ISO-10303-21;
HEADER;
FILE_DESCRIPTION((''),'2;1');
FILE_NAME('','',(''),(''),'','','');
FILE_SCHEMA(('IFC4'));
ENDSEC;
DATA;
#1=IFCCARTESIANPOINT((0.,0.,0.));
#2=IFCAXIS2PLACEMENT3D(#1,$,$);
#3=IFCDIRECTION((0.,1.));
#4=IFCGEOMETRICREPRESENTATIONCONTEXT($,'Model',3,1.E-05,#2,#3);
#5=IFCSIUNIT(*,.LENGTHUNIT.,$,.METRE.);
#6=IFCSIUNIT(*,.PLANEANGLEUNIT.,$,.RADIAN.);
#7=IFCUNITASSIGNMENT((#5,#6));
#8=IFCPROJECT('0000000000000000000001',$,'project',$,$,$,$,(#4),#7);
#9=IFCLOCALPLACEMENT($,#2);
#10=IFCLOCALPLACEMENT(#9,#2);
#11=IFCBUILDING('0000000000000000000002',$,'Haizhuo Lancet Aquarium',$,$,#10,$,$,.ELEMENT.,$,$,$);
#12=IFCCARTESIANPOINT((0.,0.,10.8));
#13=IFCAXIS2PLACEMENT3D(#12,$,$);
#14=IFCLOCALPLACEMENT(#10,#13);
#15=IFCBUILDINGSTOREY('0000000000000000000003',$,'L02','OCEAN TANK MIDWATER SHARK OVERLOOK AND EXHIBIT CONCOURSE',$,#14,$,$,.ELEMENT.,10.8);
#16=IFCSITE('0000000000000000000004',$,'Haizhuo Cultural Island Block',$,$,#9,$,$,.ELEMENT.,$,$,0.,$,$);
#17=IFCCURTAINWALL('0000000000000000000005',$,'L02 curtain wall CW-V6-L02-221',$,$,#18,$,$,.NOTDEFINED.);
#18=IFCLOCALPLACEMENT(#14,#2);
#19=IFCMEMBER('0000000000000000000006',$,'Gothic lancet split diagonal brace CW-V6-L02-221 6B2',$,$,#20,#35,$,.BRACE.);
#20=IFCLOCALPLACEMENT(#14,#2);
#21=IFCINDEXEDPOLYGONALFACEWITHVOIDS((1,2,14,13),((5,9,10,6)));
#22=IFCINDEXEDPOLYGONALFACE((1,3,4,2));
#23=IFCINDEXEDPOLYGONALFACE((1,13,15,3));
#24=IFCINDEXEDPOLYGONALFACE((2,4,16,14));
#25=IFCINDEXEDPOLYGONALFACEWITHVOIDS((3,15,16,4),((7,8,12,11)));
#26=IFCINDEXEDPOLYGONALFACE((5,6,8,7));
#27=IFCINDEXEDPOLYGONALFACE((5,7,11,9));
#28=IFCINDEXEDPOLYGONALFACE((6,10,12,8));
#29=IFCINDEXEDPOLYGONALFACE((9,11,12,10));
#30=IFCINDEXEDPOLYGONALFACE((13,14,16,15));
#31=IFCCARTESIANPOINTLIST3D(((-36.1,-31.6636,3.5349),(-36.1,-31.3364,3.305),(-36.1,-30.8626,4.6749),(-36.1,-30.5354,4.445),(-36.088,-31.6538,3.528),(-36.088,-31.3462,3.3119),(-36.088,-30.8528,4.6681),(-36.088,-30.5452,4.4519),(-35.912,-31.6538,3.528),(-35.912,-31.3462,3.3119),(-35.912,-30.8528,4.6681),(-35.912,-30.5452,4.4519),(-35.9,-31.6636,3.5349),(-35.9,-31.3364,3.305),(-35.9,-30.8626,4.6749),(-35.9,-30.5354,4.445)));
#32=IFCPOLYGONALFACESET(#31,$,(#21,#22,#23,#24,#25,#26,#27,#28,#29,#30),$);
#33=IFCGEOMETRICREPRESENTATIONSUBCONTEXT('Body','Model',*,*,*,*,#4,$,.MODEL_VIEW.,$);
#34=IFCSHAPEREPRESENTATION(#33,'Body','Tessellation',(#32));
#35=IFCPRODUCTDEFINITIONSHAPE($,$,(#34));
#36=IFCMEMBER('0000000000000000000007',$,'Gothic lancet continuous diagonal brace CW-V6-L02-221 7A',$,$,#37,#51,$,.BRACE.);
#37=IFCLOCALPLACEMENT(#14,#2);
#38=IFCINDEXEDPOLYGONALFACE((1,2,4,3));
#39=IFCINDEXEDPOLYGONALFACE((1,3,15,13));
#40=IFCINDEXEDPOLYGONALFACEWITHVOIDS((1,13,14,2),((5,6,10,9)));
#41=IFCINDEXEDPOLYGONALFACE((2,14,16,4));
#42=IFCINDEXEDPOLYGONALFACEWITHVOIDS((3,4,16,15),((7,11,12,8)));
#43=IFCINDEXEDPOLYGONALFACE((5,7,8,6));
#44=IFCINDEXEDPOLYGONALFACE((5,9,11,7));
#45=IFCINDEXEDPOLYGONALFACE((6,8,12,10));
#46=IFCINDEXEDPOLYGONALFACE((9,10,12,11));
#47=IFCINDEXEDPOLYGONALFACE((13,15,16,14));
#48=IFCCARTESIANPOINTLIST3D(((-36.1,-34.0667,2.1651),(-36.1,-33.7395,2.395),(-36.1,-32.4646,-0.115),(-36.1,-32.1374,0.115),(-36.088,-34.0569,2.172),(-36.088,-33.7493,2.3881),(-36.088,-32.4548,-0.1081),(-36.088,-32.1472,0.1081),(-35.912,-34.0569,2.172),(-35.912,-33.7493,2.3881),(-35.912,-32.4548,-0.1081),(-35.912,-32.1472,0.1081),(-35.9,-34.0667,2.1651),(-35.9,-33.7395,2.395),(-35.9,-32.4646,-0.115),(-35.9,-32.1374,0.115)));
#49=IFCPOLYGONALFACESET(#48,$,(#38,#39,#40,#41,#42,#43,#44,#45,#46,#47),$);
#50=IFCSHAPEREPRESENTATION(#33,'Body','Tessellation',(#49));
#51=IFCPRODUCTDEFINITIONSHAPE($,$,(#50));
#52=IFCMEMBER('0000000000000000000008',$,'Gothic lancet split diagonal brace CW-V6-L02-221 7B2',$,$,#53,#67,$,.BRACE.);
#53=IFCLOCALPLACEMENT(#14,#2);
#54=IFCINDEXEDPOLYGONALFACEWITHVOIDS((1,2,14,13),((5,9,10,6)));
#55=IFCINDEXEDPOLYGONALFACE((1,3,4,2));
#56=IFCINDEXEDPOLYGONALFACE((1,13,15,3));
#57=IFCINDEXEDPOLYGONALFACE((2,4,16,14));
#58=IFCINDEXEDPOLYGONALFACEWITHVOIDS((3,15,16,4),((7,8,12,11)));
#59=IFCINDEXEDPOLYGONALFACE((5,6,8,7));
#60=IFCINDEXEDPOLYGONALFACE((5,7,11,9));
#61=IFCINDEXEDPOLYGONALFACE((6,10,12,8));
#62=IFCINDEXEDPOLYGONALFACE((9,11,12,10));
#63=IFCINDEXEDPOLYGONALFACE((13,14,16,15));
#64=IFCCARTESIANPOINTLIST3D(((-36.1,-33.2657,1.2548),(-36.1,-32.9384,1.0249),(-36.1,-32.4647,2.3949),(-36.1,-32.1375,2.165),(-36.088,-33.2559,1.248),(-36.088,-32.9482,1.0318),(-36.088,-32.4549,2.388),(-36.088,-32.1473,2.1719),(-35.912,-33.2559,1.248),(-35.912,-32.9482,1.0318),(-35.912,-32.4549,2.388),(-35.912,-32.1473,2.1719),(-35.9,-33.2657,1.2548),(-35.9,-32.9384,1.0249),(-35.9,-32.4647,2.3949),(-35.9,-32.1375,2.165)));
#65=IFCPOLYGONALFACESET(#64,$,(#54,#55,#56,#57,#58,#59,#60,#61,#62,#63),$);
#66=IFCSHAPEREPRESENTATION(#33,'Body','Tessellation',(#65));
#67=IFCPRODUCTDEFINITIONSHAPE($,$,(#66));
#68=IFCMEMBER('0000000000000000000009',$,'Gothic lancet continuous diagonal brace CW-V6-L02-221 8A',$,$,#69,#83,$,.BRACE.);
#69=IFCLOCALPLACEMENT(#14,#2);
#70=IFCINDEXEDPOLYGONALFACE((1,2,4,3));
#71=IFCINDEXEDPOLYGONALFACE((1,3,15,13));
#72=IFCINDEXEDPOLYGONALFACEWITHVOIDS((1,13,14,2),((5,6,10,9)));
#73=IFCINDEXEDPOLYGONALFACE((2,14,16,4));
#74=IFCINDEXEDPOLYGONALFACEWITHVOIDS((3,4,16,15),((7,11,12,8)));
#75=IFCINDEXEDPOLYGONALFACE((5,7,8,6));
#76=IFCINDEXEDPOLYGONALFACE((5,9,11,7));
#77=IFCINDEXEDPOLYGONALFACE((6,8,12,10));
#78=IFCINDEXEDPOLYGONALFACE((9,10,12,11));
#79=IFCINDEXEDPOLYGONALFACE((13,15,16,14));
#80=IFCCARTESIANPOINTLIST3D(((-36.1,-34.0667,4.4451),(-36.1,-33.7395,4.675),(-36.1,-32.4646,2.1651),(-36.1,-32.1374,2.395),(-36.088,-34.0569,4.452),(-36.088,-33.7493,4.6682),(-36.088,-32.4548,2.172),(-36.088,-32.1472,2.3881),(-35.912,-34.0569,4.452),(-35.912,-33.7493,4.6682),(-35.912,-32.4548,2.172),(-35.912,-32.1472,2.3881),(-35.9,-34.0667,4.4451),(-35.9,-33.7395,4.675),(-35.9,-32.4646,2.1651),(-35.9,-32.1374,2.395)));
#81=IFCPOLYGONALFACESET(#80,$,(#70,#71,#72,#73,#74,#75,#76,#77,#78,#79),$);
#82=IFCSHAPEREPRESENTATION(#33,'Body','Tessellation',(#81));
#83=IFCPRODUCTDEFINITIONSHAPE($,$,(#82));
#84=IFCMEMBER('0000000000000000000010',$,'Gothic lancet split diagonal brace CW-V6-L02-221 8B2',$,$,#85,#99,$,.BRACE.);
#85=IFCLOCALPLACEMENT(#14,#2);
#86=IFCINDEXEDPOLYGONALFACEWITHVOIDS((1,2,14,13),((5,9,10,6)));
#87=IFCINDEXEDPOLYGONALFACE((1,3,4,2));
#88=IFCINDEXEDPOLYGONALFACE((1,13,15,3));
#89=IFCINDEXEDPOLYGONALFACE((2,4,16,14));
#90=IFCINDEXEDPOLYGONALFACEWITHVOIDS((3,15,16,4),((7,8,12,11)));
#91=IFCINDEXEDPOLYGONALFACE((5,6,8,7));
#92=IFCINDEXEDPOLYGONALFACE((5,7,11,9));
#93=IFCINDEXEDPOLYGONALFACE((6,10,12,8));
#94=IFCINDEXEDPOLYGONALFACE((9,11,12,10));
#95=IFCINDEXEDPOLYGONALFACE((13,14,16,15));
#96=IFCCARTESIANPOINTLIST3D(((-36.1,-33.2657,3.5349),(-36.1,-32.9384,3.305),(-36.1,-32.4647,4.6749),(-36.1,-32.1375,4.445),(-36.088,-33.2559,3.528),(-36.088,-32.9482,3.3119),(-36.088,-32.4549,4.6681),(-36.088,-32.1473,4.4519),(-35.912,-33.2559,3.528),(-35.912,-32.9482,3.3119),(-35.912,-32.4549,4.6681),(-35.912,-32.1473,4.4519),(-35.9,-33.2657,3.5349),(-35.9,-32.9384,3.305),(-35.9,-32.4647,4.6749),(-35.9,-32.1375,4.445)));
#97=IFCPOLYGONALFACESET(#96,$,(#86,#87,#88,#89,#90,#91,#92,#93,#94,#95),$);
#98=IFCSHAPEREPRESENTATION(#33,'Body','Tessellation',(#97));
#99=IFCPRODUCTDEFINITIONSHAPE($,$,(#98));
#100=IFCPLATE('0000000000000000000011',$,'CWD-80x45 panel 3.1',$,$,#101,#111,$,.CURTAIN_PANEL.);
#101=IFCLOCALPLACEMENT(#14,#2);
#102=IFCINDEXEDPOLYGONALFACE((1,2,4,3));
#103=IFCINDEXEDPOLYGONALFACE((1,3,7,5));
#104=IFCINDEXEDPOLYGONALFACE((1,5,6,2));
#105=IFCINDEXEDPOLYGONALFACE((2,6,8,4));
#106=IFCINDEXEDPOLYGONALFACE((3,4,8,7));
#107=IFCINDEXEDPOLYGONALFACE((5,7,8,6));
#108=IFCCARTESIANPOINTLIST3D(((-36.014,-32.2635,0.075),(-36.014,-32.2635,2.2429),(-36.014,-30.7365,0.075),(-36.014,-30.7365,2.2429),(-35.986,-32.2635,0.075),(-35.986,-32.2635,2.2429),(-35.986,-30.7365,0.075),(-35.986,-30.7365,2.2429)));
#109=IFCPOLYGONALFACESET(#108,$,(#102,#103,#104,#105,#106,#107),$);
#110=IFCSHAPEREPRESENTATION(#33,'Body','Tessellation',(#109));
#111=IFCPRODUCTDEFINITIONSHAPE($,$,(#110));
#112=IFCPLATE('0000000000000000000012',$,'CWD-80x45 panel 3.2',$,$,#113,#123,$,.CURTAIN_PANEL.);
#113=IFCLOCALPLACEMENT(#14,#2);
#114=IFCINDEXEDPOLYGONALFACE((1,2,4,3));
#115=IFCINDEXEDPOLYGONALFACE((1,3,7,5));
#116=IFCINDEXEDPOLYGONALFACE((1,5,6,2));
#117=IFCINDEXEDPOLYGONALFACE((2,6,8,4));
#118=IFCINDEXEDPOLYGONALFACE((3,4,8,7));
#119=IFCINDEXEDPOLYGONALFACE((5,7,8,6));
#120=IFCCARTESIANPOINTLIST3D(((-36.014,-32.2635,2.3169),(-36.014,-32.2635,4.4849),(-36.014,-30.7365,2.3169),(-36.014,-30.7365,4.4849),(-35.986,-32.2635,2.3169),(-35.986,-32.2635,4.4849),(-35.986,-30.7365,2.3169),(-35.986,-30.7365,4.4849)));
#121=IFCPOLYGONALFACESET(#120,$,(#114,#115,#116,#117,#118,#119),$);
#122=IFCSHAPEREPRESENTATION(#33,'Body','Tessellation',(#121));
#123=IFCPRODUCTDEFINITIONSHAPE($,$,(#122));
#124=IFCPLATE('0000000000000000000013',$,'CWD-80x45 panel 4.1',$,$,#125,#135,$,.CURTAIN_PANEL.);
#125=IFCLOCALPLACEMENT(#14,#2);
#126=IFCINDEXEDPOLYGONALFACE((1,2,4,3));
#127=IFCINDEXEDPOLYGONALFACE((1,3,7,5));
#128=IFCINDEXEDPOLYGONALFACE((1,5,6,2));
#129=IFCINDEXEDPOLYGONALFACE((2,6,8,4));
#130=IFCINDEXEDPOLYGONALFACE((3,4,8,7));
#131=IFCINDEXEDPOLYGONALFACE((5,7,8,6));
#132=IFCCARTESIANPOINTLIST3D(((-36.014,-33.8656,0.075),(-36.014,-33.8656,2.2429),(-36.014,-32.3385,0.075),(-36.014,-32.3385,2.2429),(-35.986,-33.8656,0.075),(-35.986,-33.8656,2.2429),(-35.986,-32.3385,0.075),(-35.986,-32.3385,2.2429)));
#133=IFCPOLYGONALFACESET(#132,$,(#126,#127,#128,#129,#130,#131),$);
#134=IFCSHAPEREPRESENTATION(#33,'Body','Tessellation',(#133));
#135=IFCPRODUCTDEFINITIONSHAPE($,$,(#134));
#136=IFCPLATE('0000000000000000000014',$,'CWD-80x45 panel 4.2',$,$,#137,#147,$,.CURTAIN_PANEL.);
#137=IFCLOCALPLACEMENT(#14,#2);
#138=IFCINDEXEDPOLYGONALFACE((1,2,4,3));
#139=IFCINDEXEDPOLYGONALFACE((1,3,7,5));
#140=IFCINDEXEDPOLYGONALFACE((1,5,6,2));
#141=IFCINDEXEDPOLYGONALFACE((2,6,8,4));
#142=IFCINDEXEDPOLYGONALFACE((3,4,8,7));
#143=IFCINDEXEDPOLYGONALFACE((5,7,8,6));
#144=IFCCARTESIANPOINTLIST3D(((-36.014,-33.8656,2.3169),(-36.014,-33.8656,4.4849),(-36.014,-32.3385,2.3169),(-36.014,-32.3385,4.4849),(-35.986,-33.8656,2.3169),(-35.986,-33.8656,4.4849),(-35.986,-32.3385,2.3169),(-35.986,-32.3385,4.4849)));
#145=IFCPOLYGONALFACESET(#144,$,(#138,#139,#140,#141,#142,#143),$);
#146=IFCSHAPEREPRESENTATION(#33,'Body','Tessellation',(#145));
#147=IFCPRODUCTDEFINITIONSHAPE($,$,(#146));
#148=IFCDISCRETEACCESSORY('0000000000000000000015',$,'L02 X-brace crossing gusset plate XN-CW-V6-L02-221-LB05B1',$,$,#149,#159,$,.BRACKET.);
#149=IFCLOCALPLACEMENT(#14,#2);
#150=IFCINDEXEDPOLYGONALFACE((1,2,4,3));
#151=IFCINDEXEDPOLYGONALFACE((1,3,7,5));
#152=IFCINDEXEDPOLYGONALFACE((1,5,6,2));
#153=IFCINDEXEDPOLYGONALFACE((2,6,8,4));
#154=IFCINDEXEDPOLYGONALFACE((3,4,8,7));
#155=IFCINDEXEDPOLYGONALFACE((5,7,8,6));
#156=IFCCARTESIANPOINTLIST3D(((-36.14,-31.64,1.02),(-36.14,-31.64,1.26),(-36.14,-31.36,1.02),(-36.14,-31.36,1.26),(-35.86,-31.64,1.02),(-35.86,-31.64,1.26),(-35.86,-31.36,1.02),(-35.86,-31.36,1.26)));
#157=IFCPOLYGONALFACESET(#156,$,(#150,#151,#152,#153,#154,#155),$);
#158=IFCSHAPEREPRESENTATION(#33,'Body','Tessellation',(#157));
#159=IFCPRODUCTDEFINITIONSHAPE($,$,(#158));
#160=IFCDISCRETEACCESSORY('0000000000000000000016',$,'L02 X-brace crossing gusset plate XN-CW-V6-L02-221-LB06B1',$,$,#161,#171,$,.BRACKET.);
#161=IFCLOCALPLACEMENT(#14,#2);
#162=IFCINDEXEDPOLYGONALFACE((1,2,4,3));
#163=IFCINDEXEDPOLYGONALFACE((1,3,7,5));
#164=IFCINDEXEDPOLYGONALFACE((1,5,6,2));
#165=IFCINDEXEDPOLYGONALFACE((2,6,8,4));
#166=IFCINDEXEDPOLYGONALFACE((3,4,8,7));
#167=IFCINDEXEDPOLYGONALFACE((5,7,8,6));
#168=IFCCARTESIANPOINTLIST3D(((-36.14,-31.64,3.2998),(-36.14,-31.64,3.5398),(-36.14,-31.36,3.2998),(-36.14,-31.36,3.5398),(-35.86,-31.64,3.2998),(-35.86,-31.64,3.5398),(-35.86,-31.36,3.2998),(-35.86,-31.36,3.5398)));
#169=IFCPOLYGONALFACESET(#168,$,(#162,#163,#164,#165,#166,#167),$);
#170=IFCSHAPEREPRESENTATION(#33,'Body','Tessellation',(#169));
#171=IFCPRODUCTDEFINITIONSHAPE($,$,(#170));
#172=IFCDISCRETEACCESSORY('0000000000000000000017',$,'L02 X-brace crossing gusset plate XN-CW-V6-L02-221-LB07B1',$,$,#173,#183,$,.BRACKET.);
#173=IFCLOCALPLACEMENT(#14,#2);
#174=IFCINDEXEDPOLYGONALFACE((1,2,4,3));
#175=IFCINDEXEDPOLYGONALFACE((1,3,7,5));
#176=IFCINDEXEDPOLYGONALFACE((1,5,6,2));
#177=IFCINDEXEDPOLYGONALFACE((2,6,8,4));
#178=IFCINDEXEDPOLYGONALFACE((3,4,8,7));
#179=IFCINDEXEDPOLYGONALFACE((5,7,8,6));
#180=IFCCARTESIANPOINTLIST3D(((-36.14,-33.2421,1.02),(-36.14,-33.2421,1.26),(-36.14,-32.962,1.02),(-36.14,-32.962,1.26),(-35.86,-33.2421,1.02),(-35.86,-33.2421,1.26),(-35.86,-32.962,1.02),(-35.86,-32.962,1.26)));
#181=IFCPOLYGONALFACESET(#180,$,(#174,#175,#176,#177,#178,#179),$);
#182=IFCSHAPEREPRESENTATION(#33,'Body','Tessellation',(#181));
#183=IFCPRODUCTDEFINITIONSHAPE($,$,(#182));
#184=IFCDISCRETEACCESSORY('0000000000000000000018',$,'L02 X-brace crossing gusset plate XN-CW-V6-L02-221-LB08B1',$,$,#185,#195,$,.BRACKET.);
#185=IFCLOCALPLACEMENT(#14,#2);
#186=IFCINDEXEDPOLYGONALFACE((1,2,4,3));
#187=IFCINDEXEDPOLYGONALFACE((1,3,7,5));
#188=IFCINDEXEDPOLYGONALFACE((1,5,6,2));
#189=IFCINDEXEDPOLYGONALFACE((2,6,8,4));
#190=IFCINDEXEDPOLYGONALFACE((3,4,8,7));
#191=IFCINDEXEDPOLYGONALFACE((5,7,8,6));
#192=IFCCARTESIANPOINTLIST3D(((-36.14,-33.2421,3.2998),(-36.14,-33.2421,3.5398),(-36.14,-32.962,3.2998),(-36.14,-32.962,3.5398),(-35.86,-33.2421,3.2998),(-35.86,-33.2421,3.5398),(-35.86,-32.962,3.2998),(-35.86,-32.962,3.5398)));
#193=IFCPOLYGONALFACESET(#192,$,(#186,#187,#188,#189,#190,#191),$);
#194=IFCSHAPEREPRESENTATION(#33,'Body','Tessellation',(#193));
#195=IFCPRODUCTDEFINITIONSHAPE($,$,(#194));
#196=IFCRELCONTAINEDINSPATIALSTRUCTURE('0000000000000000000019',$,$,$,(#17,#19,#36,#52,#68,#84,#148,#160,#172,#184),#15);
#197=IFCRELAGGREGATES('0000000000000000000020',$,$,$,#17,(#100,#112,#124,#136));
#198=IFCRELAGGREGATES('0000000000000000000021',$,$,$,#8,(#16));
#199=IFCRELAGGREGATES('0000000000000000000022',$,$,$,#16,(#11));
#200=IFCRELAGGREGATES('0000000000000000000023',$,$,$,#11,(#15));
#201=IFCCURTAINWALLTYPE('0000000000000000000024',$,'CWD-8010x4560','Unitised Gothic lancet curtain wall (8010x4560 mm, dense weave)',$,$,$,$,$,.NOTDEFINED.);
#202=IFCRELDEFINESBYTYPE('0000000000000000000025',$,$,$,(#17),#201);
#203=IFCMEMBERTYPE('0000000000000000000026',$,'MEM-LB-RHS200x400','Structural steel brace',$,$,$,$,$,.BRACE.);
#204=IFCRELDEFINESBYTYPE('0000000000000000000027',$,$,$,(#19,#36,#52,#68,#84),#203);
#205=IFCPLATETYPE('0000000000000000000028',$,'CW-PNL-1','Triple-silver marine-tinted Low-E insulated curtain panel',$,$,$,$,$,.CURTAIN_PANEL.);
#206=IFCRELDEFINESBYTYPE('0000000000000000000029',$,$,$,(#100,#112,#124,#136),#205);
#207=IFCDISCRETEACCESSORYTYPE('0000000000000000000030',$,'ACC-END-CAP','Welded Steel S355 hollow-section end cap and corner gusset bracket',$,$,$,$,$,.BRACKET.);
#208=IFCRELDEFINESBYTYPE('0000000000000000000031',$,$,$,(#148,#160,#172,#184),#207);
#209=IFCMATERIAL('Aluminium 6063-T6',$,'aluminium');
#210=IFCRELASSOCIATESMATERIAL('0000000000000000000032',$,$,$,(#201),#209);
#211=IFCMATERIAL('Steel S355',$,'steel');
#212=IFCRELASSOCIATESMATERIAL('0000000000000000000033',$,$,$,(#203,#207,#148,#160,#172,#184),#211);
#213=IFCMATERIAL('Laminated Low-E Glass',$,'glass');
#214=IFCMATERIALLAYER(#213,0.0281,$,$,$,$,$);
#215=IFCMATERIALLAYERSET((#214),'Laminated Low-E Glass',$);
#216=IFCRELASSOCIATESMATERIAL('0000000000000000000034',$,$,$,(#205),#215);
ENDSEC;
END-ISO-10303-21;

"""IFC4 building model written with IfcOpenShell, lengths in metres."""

from ifc_helpers import new_model, si_unit, direction, frame, origin, origin_2d, place, context, subcontext, project, spatial, rectangle, hollow_rectangle, extrude, material, layer, layer_set, material_profile, profile_set, type_object, element, aggregate, save


model = new_model("IFC4")

# Units and contexts
model_context = context("Model", 3, precision=1e-05, world=origin(), true_north=direction((0.0, 1.0)))
body_context = subcontext(model_context, "Body", "Model", "MODEL_VIEW")
ifc_project = project(units=[si_unit("LENGTHUNIT", "METRE"), si_unit("PLANEANGLEUNIT", "RADIAN")], contexts=[model_context])

# Site, building, storey
site_placement = place(None, origin())
site = spatial("IfcSite", under=ifc_project, at=site_placement, Name="Haizhuo Cultural Island Block", CompositionType="ELEMENT", RefElevation=0.0)
building_placement = place(site_placement, origin())
building = spatial("IfcBuilding", under=site, at=building_placement, Name="Haizhuo Lancet Aquarium", CompositionType="ELEMENT")
storey_placement = place(building_placement, frame((0.0, 0.0, 10.8)))
storey = spatial("IfcBuildingStorey", under=building, at=storey_placement, Name="L02", Description="OCEAN TANK MIDWATER SHARK OVERLOOK AND EXHIBIT CONCOURSE", CompositionType="ELEMENT", Elevation=10.8)

# Curtain wall
ifc_material_1 = material(Name="Aluminium 6063-T6", Category="aluminium")
curtain_wall_type = type_object("IfcCurtainWallType", Name="CWD-8010x4560", Description="Unitised Gothic lancet curtain wall (8010x4560 mm, dense weave)", PredefinedType="NOTDEFINED", material=ifc_material_1)
curtain_wall_placement = place(storey_placement, origin())
curtain_wall = element("IfcCurtainWall", 1, at=curtain_wall_placement, inside=storey, type_object=curtain_wall_type, Name="L02 curtain wall CW-V6-L02-221", PredefinedType="NOTDEFINED")

# Members
ifc_material_2 = material(Name="Steel S355", Category="steel")
ifc_material_profile_1 = material_profile(ifc_material_2, hollow_rectangle(XDim=0.2, YDim=0.3999, WallThickness=0.012, at=origin_2d()), Name="RHS 200x400x12")
ifc_profile_set_1 = profile_set([ifc_material_profile_1], Name="Steel S355")
member_type_1 = type_object("IfcMemberType", Name="MEM-LB-RHS200x400", Description="Structural steel brace", PredefinedType="BRACE", material=ifc_profile_set_1)
for number, where, z_axis, x_axis, name in (
    (2, (-36.0, -31.5, 3.4199), (0.0, 0.574873, 0.818243), (-1.0, 0.0, 0.0), "Gothic lancet split diagonal brace CW-V6-L02-221 6B2"),
):
    element("IfcMember", number, at=place(storey_placement, frame(where, z_axis=z_axis, x_axis=x_axis)), inside=storey, type_object=member_type_1, Name=name, PredefinedType="BRACE", context=body_context, shape_type="SweptSolid", body=[
        extrude(hollow_rectangle(XDim=0.2, YDim=0.3999, WallThickness=0.012, at=origin_2d()), origin(), (0.0, 0.0, 1.0), 1.3933),
    ])
member_1_placement = place(storey_placement, frame((-36.0, -32.301, 0.0), z_axis=(0.0, -0.574914, 0.818214), x_axis=(1.0, 0.0, 0.0)))
element("IfcMember", 3, at=member_1_placement, inside=storey, type_object=member_type_1, Name="Gothic lancet continuous diagonal brace CW-V6-L02-221 7A", PredefinedType="BRACE", context=body_context, shape_type="SweptSolid", body=[
    extrude(hollow_rectangle(XDim=0.2, YDim=0.3999, WallThickness=0.012, at=origin_2d()), origin(), (0.0, 0.0, 1.0), 2.7866),
])
member_2_placement = place(storey_placement, frame((-36.0, -33.1021, 1.1399), z_axis=(0.0, 0.574873, 0.818243), x_axis=(-1.0, 0.0, 0.0)))
element("IfcMember", 4, at=member_2_placement, inside=storey, type_object=member_type_1, Name="Gothic lancet split diagonal brace CW-V6-L02-221 7B2", PredefinedType="BRACE", context=body_context, shape_type="SweptSolid", body=[
    extrude(hollow_rectangle(XDim=0.2, YDim=0.3999, WallThickness=0.012, at=origin_2d()), origin(), (0.0, 0.0, 1.0), 1.3933),
])
member_3_placement = place(storey_placement, frame((-36.0, -32.301, 2.28), z_axis=(0.0, -0.574914, 0.818214), x_axis=(1.0, 0.0, 0.0)))
element("IfcMember", 5, at=member_3_placement, inside=storey, type_object=member_type_1, Name="Gothic lancet continuous diagonal brace CW-V6-L02-221 8A", PredefinedType="BRACE", context=body_context, shape_type="SweptSolid", body=[
    extrude(hollow_rectangle(XDim=0.2, YDim=0.3999, WallThickness=0.012, at=origin_2d()), origin(), (0.0, 0.0, 1.0), 2.7866),
])
member_4_placement = place(storey_placement, frame((-36.0, -33.1021, 3.4199), z_axis=(0.0, 0.574873, 0.818243), x_axis=(-1.0, 0.0, 0.0)))
element("IfcMember", 6, at=member_4_placement, inside=storey, type_object=member_type_1, Name="Gothic lancet split diagonal brace CW-V6-L02-221 8B2", PredefinedType="BRACE", context=body_context, shape_type="SweptSolid", body=[
    extrude(hollow_rectangle(XDim=0.2, YDim=0.3999, WallThickness=0.012, at=origin_2d()), origin(), (0.0, 0.0, 1.0), 1.3933),
])

# Plates
ifc_material_3 = material(Name="Laminated Low-E Glass", Category="glass")
ifc_layer = layer(ifc_material_3, 0.0281)
ifc_layer_set = layer_set([ifc_layer], Name="Laminated Low-E Glass")
plate_type = type_object("IfcPlateType", Name="CW-PNL-1", Description="Triple-silver marine-tinted Low-E insulated curtain panel", PredefinedType="CURTAIN_PANEL", material=ifc_layer_set)
plate_1_placement = place(storey_placement, frame((-36.0, -31.5, 0.075), z_axis=(0.0, 0.0, 1.0), x_axis=(0.0, -1.0, 0.0)))
plate_1 = element("IfcPlate", 7, at=plate_1_placement, type_object=plate_type, Name="CWD-80x45 panel 3.1", PredefinedType="CURTAIN_PANEL", context=body_context, shape_type="SweptSolid", body=[
    extrude(rectangle(XDim=1.5271, YDim=0.0281, at=origin_2d()), origin(), (0.0, 0.0, 1.0), 2.168),
])
plate_2_placement = place(storey_placement, frame((-36.0, -31.5, 2.3169), z_axis=(0.0, 0.0, 1.0), x_axis=(0.0, -1.0, 0.0)))
plate_2 = element("IfcPlate", 8, at=plate_2_placement, type_object=plate_type, Name="CWD-80x45 panel 3.2", PredefinedType="CURTAIN_PANEL", context=body_context, shape_type="SweptSolid", body=[
    extrude(rectangle(XDim=1.5271, YDim=0.0281, at=origin_2d()), origin(), (0.0, 0.0, 1.0), 2.168),
])
plate_3_placement = place(storey_placement, frame((-36.0, -33.1021, 0.075), z_axis=(0.0, 0.0, 1.0), x_axis=(0.0, -1.0, 0.0)))
plate_3 = element("IfcPlate", 9, at=plate_3_placement, type_object=plate_type, Name="CWD-80x45 panel 4.1", PredefinedType="CURTAIN_PANEL", context=body_context, shape_type="SweptSolid", body=[
    extrude(rectangle(XDim=1.5271, YDim=0.0281, at=origin_2d()), origin(), (0.0, 0.0, 1.0), 2.168),
])
plate_4_placement = place(storey_placement, frame((-36.0, -33.1021, 2.3169), z_axis=(0.0, 0.0, 1.0), x_axis=(0.0, -1.0, 0.0)))
plate_4 = element("IfcPlate", 10, at=plate_4_placement, type_object=plate_type, Name="CWD-80x45 panel 4.2", PredefinedType="CURTAIN_PANEL", context=body_context, shape_type="SweptSolid", body=[
    extrude(rectangle(XDim=1.5271, YDim=0.0281, at=origin_2d()), origin(), (0.0, 0.0, 1.0), 2.168),
])
aggregate(curtain_wall, [plate_1, plate_2, plate_3, plate_4])

# Discrete accessories
discrete_accessory_type = type_object("IfcDiscreteAccessoryType", Name="ACC-END-CAP", Description="Welded Steel S355 hollow-section end cap and corner gusset bracket", PredefinedType="BRACKET", material=ifc_material_2)
for number, where, z_axis, x_axis, name in (
    (11, (-36.0, -31.5, 1.02), (0.0, 0.0, 1.0), (1.0, 0.0, 0.0), "L02 X-brace crossing gusset plate XN-CW-V6-L02-221-LB05B1"),
    (12, (-36.0, -31.5, 3.2998), (0.0, 0.0, 1.0), (1.0, 0.0, 0.0), "L02 X-brace crossing gusset plate XN-CW-V6-L02-221-LB06B1"),
    (13, (-36.0, -33.1021, 1.02), (0.0, 0.0, 1.0), (1.0, 0.0, 0.0), "L02 X-brace crossing gusset plate XN-CW-V6-L02-221-LB07B1"),
    (14, (-36.0, -33.1021, 3.2998), (0.0, 0.0, 1.0), (1.0, 0.0, 0.0), "L02 X-brace crossing gusset plate XN-CW-V6-L02-221-LB08B1"),
):
    element("IfcDiscreteAccessory", number, at=place(storey_placement, frame(where, z_axis=z_axis, x_axis=x_axis)), inside=storey, type_object=discrete_accessory_type, material=ifc_material_2, Name=name, PredefinedType="BRACKET", context=body_context, shape_type="SweptSolid", body=[
        extrude(rectangle(XDim=0.28, YDim=0.28, at=origin_2d()), origin(), (0.0, 0.0, 1.0), 0.24),
    ])

save(model, "model.ifc")
